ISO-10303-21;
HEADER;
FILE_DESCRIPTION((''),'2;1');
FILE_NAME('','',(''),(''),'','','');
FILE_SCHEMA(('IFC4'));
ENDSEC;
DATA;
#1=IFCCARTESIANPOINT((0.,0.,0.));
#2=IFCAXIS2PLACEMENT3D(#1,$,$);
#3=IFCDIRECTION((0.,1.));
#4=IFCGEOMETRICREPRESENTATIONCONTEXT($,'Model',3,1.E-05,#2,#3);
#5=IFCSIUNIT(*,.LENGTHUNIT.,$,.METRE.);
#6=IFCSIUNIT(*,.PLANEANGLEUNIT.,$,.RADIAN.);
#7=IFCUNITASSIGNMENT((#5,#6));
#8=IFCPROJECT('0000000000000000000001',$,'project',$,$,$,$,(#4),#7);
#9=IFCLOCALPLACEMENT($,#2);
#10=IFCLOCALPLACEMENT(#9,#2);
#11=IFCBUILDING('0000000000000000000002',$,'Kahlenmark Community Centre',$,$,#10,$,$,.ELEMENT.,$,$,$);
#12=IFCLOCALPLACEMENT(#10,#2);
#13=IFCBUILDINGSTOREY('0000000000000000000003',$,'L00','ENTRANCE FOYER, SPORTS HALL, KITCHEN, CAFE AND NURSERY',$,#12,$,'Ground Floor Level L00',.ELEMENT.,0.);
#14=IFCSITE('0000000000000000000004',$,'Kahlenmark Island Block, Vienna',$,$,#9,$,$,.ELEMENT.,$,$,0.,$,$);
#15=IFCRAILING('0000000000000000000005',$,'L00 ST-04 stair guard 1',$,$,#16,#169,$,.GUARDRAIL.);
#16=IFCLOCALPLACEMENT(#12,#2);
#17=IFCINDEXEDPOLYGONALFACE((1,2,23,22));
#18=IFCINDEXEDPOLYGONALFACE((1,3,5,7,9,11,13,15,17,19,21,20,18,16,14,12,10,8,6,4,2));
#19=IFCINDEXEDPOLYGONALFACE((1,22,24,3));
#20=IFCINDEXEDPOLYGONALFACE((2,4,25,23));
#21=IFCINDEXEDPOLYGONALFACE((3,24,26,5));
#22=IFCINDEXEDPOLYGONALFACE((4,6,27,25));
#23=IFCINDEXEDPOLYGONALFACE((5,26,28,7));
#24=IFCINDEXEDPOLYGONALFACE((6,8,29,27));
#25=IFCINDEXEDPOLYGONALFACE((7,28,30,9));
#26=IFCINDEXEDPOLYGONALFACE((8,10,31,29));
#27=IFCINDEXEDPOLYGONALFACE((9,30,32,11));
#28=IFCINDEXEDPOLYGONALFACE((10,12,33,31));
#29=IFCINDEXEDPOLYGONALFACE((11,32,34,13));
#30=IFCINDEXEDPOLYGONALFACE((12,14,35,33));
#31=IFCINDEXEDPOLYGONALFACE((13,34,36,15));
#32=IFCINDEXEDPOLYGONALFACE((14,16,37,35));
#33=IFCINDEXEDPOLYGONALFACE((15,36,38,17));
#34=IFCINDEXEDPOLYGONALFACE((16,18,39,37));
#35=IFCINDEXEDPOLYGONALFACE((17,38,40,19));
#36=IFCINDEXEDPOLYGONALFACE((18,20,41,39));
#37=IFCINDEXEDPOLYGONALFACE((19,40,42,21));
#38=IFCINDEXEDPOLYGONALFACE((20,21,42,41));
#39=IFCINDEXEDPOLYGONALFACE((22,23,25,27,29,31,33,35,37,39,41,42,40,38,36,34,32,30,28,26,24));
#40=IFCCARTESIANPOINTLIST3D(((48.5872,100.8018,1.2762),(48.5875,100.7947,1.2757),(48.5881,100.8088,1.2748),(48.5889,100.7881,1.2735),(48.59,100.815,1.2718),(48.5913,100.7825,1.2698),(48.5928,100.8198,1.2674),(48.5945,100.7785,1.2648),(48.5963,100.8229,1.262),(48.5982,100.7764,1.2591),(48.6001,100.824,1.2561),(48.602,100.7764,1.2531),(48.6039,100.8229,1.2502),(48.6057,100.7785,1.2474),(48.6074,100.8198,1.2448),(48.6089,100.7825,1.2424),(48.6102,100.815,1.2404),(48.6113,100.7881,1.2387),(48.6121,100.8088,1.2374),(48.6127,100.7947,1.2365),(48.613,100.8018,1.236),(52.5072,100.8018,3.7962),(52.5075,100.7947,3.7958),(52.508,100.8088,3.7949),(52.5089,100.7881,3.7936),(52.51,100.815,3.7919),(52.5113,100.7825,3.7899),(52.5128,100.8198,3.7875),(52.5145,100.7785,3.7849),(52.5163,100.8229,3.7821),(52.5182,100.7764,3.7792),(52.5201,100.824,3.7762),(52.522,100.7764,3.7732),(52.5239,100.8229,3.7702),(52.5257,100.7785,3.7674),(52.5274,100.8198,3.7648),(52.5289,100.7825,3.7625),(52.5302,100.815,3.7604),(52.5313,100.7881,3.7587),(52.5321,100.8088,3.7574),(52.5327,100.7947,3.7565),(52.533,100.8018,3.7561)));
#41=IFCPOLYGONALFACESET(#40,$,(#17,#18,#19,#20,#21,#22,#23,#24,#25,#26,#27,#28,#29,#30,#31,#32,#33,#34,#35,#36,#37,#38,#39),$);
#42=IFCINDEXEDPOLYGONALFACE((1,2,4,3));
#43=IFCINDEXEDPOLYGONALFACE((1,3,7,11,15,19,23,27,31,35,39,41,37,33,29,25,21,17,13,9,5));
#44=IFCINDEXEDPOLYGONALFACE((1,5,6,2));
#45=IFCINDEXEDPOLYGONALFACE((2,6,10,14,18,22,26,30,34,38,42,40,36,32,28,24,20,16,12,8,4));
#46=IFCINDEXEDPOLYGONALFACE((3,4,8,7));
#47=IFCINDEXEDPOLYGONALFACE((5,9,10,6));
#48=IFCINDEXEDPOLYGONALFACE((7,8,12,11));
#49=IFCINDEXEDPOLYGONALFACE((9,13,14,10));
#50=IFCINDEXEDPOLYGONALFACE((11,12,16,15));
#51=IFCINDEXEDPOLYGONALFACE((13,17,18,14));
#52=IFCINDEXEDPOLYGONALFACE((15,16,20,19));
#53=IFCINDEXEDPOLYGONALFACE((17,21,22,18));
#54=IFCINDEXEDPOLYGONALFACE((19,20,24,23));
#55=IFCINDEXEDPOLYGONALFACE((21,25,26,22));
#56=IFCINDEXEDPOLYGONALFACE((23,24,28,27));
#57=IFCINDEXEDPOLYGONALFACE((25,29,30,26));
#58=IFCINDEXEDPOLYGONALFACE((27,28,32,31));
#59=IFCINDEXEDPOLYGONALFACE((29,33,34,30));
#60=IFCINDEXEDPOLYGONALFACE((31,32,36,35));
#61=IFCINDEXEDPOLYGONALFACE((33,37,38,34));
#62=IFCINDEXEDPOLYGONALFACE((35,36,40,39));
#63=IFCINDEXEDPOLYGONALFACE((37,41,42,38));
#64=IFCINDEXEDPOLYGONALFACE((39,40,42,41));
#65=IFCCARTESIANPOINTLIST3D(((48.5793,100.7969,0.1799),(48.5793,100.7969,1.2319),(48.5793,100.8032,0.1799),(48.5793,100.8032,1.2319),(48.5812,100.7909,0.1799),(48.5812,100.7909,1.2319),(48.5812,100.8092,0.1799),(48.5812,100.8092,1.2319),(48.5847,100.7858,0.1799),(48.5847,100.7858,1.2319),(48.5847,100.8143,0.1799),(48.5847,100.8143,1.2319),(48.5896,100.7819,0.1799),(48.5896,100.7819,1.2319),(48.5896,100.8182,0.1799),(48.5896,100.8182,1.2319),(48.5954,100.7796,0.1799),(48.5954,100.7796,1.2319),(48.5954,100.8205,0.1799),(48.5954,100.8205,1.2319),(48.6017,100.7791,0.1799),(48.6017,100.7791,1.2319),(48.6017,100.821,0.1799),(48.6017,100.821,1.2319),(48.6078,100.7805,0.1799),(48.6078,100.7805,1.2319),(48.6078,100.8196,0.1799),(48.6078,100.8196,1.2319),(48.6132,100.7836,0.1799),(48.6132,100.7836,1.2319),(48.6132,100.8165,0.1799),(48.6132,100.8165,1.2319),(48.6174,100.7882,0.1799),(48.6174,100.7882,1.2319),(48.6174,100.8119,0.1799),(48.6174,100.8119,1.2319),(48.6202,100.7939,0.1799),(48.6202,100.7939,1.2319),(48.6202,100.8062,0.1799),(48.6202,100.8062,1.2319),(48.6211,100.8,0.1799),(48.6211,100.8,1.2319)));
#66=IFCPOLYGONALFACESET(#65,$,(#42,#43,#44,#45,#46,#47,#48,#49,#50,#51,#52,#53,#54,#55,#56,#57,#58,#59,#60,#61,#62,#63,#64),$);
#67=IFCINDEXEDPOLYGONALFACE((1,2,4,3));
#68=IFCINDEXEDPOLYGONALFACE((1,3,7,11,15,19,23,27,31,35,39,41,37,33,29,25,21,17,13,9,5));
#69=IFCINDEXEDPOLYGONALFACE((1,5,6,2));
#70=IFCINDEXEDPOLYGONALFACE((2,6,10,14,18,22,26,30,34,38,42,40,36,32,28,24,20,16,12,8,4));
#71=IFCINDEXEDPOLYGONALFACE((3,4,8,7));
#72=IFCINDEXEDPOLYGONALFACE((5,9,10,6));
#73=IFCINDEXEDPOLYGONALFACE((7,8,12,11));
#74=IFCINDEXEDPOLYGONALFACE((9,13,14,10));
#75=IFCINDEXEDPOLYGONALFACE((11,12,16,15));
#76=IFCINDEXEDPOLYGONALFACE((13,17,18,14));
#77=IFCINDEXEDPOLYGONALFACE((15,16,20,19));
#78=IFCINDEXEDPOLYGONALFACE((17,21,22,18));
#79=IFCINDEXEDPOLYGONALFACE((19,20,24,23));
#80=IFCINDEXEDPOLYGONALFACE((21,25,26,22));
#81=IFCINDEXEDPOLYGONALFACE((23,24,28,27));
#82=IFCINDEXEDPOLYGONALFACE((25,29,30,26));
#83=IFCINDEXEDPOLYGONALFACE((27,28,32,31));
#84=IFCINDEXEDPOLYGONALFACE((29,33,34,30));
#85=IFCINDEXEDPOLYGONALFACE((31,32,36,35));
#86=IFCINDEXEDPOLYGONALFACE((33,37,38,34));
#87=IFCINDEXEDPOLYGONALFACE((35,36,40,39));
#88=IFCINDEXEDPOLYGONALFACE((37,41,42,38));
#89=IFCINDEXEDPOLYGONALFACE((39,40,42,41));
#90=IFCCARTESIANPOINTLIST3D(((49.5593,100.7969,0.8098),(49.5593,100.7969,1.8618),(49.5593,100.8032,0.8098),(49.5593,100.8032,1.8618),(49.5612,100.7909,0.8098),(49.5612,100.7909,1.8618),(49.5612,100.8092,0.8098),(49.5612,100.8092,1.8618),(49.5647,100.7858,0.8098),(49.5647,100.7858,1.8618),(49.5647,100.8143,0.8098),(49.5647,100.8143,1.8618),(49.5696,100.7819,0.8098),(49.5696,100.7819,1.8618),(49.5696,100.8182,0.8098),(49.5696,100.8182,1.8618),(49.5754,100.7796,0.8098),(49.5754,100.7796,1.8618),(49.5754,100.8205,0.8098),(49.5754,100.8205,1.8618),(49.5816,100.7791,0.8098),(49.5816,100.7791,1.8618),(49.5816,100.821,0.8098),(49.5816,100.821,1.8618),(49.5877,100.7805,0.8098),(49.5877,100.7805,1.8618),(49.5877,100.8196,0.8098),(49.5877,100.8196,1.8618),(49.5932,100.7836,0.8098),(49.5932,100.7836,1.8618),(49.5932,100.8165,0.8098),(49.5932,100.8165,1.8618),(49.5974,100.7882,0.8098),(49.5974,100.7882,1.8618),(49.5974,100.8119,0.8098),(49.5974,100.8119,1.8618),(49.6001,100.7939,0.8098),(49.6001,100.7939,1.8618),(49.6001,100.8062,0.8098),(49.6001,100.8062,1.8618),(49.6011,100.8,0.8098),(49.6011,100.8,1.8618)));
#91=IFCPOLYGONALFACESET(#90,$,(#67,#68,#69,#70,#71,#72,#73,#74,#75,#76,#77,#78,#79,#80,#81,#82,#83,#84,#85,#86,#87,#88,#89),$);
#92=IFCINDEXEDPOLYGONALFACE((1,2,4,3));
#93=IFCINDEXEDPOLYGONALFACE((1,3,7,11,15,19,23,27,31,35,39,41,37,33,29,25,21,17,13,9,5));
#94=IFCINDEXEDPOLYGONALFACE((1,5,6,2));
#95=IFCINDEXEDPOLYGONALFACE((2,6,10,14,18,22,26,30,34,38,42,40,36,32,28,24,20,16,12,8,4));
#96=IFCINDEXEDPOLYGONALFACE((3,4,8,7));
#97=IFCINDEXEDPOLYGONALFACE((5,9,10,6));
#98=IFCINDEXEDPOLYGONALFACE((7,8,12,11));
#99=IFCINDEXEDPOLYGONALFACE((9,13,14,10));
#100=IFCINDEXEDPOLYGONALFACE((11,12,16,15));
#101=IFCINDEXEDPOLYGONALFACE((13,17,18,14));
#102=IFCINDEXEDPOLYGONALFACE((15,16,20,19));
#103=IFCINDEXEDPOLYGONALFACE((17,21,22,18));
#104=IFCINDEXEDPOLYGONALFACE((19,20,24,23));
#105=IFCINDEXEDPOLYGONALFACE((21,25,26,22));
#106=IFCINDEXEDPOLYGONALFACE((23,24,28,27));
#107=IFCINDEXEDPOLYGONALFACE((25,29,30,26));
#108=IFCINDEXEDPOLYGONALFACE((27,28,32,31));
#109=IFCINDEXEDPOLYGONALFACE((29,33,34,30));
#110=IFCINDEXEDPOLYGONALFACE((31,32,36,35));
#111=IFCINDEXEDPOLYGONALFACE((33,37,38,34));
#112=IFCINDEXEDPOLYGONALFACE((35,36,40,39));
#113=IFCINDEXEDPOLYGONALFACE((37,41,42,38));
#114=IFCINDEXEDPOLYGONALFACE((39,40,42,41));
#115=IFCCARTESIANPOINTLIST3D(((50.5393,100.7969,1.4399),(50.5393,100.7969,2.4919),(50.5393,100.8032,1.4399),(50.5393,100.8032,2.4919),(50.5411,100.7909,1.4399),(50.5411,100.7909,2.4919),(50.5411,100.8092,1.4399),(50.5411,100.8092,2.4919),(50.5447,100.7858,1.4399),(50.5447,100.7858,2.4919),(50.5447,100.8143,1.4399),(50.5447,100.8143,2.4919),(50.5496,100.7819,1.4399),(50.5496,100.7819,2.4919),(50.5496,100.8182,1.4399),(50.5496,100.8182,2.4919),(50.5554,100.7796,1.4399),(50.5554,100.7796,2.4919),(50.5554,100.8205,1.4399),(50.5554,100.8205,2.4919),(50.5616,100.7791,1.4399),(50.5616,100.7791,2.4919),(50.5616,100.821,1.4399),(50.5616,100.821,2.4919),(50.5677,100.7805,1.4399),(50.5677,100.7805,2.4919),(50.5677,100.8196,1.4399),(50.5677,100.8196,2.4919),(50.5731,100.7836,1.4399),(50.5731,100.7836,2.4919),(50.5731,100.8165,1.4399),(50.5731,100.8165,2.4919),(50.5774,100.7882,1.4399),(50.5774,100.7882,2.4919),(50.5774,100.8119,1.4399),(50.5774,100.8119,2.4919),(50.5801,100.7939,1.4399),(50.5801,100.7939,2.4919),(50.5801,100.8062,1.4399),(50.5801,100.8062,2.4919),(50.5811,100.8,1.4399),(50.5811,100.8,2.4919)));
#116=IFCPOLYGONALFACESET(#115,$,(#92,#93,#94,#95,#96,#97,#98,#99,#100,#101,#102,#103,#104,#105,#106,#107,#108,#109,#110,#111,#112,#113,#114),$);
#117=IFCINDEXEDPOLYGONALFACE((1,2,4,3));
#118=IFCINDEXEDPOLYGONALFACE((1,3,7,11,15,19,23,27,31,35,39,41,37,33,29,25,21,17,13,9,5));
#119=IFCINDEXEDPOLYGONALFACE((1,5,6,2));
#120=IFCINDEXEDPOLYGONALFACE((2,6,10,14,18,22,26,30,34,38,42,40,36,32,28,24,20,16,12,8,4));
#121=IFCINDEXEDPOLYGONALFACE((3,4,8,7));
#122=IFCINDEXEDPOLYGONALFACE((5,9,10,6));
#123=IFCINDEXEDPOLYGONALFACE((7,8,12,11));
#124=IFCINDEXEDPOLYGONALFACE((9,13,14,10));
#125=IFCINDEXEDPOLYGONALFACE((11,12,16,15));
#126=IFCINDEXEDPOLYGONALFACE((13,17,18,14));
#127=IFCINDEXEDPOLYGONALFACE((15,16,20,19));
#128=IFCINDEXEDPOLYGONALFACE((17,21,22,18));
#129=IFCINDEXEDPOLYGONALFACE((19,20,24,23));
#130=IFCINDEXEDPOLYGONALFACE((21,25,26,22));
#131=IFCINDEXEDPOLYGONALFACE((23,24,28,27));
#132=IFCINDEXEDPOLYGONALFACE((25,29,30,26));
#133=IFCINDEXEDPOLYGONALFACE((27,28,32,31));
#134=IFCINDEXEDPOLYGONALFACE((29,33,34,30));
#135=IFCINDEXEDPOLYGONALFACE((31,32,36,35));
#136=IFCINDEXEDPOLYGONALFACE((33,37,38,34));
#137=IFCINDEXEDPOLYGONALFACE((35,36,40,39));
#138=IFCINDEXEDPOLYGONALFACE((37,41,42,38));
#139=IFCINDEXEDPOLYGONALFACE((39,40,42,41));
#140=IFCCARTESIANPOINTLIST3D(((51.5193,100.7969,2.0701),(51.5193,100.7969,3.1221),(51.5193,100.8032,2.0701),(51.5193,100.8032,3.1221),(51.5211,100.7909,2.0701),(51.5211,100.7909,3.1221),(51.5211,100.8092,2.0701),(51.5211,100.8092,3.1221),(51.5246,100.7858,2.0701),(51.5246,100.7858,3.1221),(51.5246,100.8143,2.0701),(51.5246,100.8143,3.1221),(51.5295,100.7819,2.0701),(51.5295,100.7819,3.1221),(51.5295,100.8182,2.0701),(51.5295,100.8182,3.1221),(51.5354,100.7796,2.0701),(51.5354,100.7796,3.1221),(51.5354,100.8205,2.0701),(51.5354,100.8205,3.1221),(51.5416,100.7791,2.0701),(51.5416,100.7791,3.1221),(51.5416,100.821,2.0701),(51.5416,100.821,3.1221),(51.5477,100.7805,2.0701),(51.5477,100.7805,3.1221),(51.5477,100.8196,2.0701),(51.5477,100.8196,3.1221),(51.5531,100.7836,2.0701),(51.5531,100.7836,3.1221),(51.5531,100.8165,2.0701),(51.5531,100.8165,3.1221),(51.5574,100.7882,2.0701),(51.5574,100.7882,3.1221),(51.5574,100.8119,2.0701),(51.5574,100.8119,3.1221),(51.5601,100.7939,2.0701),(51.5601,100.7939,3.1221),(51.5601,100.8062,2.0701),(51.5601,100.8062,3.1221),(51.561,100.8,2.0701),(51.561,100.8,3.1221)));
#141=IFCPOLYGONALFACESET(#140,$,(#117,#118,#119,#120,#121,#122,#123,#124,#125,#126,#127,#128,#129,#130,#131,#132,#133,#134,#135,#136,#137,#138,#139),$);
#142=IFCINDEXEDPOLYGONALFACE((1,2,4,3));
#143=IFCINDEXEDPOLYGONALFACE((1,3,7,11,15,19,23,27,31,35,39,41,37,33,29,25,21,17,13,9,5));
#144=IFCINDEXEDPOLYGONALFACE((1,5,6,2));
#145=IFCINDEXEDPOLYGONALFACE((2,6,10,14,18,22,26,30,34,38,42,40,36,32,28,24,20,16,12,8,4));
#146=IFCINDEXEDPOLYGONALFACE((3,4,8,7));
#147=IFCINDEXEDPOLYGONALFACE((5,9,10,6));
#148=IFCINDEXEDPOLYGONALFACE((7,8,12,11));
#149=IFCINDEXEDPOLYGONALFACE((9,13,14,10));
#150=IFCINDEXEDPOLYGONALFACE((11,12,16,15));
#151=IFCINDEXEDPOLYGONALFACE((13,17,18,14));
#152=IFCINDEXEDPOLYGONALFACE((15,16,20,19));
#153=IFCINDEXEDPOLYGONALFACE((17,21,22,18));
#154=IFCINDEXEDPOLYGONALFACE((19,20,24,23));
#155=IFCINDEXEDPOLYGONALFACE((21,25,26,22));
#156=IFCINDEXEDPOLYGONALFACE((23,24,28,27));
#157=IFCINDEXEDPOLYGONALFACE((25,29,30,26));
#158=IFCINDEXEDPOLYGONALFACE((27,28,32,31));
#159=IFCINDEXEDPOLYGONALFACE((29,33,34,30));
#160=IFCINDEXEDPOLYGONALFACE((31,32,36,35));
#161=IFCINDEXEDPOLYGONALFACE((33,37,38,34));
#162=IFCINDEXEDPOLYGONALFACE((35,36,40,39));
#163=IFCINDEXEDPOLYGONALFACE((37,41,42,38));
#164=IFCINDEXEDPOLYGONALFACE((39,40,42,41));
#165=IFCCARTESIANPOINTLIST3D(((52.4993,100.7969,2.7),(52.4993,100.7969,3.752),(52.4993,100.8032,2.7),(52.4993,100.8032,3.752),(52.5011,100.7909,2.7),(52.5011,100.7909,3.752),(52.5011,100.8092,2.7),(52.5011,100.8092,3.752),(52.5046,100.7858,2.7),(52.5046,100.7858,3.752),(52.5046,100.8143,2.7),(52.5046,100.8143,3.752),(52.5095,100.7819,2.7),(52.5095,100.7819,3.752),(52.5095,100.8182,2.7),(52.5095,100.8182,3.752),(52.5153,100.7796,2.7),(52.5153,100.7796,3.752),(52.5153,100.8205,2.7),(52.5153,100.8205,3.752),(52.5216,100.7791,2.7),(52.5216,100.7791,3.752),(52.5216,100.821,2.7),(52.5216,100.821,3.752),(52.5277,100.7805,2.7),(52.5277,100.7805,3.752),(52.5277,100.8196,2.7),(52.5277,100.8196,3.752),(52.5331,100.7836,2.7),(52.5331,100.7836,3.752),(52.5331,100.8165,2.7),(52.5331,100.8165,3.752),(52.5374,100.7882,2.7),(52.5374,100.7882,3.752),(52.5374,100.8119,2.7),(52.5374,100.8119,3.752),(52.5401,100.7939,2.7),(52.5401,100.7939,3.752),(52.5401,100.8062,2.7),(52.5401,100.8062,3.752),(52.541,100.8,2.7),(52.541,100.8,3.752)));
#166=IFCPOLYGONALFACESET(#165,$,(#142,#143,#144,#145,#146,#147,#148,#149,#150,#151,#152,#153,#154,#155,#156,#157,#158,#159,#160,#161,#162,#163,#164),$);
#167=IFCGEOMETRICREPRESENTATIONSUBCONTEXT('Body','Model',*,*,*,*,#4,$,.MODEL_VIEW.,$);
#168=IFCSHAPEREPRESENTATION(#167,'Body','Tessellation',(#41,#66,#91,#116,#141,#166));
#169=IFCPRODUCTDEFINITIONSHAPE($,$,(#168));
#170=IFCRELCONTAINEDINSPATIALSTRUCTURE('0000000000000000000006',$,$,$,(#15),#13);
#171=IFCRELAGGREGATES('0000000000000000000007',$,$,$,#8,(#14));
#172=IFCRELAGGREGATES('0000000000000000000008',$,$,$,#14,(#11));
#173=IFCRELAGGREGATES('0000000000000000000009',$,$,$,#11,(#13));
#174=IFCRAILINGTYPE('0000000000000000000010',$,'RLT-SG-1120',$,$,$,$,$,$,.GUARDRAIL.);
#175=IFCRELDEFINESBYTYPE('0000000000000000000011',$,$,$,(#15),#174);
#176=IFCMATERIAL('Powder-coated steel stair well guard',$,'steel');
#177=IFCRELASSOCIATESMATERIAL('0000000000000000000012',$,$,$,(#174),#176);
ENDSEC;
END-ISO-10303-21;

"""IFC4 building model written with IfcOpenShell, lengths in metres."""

from ifc_helpers import new_model, si_unit, direction, frame, origin, origin_2d, place, context, subcontext, project, spatial, circle, extrude, material, type_object, element, save


model = new_model("IFC4")

# Units and contexts
model_context = context("Model", 3, precision=1e-05, world=origin(), true_north=direction((0.0, 1.0)))
body_context = subcontext(model_context, "Body", "Model", "MODEL_VIEW")
ifc_project = project(units=[si_unit("LENGTHUNIT", "METRE"), si_unit("PLANEANGLEUNIT", "RADIAN")], contexts=[model_context])

# Site, building, storey
site_placement = place(None, origin())
site = spatial("IfcSite", under=ifc_project, at=site_placement, Name="Kahlenmark Island Block, Vienna", CompositionType="ELEMENT", RefElevation=0.0)
building_placement = place(site_placement, origin())
building = spatial("IfcBuilding", under=site, at=building_placement, Name="Kahlenmark Community Centre", CompositionType="ELEMENT")
storey_placement = place(building_placement, origin())
storey = spatial("IfcBuildingStorey", under=building, at=storey_placement, Name="L00", Description="ENTRANCE FOYER, SPORTS HALL, KITCHEN, CAFE AND NURSERY", LongName="Ground Floor Level L00", CompositionType="ELEMENT", Elevation=0.0)

# Railing
ifc_material_1 = material(Name="Powder-coated steel stair well guard", Category="steel")
railing_type_1 = type_object("IfcRailingType", Name="RLT-SG-1120", PredefinedType="GUARDRAIL", material=ifc_material_1)
railing_1_placement = place(storey_placement, frame((48.6001, 100.8, 0.1799)))
element("IfcRailing", 1, at=railing_1_placement, inside=storey, type_object=railing_type_1, Name="L00 ST-04 stair guard 1", PredefinedType="GUARDRAIL", context=body_context, shape_type="SweptSolid", body=[
    extrude(circle(Radius=0.0239, at=origin_2d()), frame((0.0, 0.0, 1.0762), z_axis=(0.841172, 0.0, 0.540768), x_axis=(0.0, 1.0, 0.0)), (0.0, 0.0, 1.0), 4.6602),
    extrude(circle(Radius=0.021, at=origin_2d()), origin(), (0.0, 0.0, 1.0), 1.052),
    extrude(circle(Radius=0.021, at=origin_2d()), frame((0.98, 0.0, 0.6299)), (0.0, 0.0, 1.0), 1.052),
    extrude(circle(Radius=0.021, at=origin_2d()), frame((1.96, 0.0, 1.26)), (0.0, 0.0, 1.0), 1.052),
    extrude(circle(Radius=0.021, at=origin_2d()), frame((2.9399, 0.0, 1.8901)), (0.0, 0.0, 1.0), 1.052),
    extrude(circle(Radius=0.021, at=origin_2d()), frame((3.9199, 0.0, 2.52)), (0.0, 0.0, 1.0), 1.052),
])

save(model, "model.ifc")
